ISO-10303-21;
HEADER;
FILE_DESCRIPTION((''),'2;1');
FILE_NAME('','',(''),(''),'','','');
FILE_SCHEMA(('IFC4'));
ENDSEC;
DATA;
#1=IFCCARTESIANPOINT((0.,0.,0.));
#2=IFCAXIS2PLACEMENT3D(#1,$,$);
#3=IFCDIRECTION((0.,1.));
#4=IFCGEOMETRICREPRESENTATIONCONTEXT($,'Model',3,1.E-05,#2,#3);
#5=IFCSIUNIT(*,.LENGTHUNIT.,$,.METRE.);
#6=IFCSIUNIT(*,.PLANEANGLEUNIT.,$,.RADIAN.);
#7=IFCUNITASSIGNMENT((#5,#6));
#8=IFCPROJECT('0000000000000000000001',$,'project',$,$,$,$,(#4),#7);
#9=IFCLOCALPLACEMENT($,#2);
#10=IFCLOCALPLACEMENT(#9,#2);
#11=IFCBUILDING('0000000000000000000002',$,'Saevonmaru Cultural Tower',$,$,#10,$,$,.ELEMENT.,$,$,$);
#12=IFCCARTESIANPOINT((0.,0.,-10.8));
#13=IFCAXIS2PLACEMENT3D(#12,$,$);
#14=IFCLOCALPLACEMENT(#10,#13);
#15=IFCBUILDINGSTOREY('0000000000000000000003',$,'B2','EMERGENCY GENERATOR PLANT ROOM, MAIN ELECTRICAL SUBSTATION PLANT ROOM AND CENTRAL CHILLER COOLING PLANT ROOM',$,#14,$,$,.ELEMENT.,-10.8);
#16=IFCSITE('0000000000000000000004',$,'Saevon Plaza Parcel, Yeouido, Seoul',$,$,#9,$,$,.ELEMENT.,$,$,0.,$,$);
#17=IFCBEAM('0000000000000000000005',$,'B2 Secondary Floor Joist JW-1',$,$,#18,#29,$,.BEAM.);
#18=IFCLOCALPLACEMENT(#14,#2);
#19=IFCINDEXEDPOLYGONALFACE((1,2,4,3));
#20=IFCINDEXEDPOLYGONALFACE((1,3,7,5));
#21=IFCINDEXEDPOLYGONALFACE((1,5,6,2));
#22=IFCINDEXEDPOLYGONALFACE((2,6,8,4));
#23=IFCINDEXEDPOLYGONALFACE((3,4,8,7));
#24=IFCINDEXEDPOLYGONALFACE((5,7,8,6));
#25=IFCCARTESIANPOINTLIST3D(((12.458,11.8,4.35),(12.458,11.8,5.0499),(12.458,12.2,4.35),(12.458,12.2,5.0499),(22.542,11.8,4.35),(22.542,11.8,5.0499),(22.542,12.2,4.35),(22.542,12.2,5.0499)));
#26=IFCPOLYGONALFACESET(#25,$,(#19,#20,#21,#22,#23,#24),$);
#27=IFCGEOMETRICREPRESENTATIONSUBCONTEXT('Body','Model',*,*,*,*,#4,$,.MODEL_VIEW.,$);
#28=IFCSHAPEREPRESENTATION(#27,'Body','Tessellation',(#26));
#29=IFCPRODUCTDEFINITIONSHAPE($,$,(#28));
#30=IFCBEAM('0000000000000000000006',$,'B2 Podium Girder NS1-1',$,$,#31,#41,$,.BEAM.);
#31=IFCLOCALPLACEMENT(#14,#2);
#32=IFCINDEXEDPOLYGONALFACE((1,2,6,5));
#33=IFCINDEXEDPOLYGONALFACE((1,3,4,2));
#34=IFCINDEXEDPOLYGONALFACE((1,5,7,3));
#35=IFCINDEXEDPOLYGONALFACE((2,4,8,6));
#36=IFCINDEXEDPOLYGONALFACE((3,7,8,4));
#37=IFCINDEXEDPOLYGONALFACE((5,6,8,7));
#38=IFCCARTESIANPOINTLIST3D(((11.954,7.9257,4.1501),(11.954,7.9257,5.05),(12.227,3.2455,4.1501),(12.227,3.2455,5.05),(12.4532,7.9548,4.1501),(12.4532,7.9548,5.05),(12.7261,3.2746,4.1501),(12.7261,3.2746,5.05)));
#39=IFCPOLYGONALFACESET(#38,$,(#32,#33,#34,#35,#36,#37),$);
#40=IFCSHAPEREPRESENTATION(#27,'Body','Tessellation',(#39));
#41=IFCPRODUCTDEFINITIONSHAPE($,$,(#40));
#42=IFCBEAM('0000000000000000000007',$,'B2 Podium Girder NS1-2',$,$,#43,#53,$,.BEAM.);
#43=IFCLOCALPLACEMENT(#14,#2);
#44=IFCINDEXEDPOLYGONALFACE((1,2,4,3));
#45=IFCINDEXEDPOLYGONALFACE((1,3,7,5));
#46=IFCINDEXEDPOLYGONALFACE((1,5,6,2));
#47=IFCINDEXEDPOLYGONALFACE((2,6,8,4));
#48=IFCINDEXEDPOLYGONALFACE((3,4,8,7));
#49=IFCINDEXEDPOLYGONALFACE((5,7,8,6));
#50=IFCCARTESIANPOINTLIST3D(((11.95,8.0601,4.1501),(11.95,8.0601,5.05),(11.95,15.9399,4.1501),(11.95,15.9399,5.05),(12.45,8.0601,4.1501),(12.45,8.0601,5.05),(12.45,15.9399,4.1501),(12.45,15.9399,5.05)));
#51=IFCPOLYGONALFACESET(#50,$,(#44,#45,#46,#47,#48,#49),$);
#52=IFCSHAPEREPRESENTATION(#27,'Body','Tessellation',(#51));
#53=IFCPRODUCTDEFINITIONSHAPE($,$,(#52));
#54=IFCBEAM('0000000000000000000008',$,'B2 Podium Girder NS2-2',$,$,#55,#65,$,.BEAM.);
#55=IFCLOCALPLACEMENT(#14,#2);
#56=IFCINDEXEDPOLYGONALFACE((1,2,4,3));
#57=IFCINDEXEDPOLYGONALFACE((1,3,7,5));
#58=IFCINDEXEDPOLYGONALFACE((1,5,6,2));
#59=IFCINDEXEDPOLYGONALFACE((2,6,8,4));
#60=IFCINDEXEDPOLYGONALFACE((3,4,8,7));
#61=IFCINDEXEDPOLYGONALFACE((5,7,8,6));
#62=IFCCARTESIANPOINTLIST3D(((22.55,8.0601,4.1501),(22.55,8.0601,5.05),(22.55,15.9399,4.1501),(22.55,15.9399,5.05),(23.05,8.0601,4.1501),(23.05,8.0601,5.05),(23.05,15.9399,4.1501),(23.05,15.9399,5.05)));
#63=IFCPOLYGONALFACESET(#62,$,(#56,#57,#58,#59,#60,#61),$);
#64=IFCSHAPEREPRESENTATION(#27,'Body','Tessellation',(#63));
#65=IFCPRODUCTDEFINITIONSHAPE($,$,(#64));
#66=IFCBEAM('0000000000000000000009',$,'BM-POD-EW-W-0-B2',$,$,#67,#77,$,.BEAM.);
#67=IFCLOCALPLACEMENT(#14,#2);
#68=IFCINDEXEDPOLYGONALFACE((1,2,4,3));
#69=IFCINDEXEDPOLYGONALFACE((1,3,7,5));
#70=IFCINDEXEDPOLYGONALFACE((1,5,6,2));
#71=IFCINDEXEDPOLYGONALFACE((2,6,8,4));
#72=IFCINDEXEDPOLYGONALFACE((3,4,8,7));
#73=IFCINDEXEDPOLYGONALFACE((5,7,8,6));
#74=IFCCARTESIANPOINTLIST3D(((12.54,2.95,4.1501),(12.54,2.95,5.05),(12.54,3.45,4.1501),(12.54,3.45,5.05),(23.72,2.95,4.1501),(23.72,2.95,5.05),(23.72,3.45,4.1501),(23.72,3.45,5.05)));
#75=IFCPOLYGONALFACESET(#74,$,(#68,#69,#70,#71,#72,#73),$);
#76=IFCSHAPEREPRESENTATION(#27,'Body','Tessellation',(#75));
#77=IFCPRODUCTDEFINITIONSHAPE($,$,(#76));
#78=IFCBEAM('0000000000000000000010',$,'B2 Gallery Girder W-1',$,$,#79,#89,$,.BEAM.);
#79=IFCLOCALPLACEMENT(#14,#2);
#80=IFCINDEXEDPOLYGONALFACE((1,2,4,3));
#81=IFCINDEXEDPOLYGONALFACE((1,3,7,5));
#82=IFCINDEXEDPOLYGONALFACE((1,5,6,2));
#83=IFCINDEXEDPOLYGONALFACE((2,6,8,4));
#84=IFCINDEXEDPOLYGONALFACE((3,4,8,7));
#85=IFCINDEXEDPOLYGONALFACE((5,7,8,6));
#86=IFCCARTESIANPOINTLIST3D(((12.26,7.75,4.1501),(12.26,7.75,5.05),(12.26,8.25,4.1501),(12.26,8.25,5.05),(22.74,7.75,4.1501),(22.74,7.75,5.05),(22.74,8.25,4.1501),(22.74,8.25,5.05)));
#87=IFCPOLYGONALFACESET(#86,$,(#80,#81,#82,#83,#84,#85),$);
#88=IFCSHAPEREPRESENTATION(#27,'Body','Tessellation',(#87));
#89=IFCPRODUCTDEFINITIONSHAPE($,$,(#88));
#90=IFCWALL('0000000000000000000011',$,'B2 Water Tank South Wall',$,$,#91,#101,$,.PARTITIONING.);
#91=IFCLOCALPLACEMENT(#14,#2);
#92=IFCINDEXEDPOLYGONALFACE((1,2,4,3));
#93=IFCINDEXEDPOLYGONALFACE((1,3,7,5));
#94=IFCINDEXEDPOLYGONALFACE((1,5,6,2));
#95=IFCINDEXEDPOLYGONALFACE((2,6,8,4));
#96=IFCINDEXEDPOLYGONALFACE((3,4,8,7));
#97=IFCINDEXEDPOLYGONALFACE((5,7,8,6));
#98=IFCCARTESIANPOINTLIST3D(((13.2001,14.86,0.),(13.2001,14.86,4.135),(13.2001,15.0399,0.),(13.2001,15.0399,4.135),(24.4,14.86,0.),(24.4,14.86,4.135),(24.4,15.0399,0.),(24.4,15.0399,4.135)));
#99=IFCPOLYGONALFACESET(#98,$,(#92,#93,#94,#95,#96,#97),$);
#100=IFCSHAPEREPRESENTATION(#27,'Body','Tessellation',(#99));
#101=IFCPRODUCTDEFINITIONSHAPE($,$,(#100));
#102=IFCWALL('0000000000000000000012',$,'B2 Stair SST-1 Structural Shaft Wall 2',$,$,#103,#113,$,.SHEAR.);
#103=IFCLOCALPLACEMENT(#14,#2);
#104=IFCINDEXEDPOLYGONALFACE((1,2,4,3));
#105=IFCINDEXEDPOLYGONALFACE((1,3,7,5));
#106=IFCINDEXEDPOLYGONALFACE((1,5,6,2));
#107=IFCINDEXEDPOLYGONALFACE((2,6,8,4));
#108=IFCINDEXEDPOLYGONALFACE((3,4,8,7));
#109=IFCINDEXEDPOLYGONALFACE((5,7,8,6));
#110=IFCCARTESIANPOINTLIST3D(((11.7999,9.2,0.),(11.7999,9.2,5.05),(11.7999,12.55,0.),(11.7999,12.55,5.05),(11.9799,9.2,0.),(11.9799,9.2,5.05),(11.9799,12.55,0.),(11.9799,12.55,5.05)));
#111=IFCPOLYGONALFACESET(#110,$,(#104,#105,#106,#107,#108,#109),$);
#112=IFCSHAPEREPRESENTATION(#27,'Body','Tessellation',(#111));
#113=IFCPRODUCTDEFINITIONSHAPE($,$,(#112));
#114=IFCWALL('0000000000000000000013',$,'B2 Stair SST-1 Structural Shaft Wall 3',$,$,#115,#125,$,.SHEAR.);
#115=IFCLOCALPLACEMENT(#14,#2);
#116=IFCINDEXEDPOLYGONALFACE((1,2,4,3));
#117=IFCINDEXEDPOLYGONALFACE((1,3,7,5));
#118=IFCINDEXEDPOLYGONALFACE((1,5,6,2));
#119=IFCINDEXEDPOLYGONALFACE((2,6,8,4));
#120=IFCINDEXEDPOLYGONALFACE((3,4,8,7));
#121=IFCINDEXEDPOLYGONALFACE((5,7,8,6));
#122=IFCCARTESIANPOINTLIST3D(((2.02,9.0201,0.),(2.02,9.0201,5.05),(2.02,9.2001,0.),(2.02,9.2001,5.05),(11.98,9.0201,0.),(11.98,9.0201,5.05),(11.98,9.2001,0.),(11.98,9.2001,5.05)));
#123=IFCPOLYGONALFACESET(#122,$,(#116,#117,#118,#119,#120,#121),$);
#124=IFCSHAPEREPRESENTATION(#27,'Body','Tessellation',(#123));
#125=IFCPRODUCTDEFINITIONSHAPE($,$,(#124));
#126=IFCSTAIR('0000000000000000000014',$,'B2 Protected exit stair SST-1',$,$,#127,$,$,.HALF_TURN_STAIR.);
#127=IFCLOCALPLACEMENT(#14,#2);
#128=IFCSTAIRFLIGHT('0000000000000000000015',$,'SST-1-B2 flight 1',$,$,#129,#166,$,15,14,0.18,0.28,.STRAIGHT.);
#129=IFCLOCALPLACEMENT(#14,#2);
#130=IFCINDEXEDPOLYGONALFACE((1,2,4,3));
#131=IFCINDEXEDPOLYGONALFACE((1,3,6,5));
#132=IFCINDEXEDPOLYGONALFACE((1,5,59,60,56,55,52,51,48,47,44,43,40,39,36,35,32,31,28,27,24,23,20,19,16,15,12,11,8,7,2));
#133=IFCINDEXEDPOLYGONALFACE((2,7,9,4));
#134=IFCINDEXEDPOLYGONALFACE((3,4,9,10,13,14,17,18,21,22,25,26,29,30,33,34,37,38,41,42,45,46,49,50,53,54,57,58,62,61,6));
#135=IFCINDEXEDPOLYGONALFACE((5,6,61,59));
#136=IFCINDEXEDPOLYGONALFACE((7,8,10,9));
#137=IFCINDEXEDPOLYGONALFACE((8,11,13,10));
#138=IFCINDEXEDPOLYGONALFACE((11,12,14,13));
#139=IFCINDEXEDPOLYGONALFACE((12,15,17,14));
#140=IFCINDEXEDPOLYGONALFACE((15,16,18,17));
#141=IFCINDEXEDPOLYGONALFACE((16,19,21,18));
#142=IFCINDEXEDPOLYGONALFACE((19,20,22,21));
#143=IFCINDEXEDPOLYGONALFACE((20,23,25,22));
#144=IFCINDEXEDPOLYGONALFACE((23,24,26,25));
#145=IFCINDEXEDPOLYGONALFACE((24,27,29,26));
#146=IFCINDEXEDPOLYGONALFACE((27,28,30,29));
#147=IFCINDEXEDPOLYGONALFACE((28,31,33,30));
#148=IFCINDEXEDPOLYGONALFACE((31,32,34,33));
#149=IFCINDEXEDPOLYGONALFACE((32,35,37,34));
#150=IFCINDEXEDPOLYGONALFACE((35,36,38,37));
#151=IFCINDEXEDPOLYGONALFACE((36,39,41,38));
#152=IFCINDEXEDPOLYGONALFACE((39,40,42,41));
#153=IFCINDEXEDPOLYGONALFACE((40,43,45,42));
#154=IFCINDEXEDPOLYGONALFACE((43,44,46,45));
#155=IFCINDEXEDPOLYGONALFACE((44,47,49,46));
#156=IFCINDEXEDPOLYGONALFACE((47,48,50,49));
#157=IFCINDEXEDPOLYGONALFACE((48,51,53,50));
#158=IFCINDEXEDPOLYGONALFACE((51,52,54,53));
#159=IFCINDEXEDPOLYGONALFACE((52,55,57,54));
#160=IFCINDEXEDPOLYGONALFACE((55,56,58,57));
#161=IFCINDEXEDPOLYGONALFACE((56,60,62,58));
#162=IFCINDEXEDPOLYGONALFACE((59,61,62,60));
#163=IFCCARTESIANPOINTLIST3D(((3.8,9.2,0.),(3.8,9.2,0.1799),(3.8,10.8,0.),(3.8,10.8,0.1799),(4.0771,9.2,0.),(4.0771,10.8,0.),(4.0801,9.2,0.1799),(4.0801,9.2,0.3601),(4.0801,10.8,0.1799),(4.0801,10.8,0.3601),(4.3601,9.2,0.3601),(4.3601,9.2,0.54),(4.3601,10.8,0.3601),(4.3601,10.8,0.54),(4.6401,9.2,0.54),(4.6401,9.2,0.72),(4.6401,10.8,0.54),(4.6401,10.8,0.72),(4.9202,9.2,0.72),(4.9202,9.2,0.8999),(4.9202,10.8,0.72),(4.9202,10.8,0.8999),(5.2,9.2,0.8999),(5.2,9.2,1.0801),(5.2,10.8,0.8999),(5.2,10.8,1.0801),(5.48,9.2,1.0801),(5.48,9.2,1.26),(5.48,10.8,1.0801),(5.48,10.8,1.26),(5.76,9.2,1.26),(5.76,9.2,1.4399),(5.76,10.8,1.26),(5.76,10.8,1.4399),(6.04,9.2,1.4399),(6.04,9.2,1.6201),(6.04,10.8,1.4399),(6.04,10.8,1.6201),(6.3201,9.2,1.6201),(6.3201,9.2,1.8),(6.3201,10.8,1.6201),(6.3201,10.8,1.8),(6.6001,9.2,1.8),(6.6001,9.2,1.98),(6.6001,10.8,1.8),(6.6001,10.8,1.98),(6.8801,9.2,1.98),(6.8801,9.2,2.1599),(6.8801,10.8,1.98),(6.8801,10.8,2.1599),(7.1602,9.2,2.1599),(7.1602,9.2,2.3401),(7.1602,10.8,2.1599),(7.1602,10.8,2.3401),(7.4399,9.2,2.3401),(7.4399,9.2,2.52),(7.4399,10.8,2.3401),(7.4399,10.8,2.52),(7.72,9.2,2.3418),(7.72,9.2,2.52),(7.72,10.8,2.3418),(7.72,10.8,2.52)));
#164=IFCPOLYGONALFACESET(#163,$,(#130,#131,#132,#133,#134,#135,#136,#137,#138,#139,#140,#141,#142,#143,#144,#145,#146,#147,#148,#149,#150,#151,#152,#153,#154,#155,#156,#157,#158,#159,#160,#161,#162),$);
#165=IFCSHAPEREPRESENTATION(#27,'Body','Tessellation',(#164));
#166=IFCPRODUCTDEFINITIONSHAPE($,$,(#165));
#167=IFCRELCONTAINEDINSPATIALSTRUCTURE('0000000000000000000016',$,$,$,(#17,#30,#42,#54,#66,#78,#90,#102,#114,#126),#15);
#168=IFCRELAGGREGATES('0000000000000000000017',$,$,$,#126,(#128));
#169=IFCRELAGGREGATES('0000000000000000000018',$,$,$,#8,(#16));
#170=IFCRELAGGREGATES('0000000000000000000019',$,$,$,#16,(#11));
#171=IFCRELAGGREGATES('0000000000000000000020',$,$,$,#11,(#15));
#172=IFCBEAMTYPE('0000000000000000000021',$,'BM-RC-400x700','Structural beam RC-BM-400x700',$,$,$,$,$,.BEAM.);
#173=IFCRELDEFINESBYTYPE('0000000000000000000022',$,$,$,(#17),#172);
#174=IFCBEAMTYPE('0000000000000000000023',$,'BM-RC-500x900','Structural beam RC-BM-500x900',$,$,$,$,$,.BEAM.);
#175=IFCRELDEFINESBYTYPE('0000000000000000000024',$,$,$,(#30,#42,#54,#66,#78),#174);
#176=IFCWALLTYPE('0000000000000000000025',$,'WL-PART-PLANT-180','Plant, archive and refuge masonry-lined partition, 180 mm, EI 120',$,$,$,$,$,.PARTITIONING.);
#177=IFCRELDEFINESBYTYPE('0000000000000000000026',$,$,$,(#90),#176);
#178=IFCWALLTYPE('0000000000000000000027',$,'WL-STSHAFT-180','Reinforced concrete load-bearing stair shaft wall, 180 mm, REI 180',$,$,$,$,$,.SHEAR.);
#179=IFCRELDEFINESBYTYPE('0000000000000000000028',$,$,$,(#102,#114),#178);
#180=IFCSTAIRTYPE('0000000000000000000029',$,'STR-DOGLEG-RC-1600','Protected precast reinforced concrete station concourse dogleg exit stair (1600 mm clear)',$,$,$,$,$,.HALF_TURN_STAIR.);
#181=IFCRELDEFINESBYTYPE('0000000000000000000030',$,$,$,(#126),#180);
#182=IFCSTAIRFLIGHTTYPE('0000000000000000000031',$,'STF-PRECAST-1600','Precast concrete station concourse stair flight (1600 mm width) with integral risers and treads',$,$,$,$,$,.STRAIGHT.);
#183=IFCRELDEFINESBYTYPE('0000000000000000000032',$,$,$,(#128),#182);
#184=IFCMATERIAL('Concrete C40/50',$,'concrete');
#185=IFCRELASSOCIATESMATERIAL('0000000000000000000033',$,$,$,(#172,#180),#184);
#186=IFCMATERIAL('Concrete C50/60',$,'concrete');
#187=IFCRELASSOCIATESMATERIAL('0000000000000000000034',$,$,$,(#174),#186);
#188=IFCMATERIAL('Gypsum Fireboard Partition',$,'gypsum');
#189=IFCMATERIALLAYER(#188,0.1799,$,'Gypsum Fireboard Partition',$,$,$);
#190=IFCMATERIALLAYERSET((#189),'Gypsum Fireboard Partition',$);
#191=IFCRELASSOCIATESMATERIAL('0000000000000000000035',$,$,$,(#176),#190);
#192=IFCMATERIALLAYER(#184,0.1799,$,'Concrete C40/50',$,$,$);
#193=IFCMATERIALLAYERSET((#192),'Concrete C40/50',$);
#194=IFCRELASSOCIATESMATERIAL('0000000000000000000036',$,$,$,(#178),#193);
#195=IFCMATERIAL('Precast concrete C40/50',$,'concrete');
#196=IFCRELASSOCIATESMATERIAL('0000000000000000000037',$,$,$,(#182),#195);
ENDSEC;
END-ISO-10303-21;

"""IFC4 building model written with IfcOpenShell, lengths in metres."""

from ifc_helpers import new_model, si_unit, direction, frame, frame_2d, origin, origin_2d, place, context, subcontext, project, spatial, polyline, rectangle, outline, extrude, material, layer, layer_set, material_profile, profile_set, type_object, element, aggregate, save


model = new_model("IFC4")

# Units and contexts
model_context = context("Model", 3, precision=1e-05, world=origin(), true_north=direction((0.0, 1.0)))
body_context = subcontext(model_context, "Body", "Model", "MODEL_VIEW")
ifc_project = project(units=[si_unit("LENGTHUNIT", "METRE"), si_unit("PLANEANGLEUNIT", "RADIAN")], contexts=[model_context])

# Site, building, storey
site_placement = place(None, origin())
site = spatial("IfcSite", under=ifc_project, at=site_placement, Name="Saevon Plaza Parcel, Yeouido, Seoul", CompositionType="ELEMENT", RefElevation=0.0)
building_placement = place(site_placement, origin())
building = spatial("IfcBuilding", under=site, at=building_placement, Name="Saevonmaru Cultural Tower", CompositionType="ELEMENT")
storey_placement = place(building_placement, frame((0.0, 0.0, -10.8)))
storey = spatial("IfcBuildingStorey", under=building, at=storey_placement, Name="B2", Description="EMERGENCY GENERATOR PLANT ROOM, MAIN ELECTRICAL SUBSTATION PLANT ROOM AND CENTRAL CHILLER COOLING PLANT ROOM", CompositionType="ELEMENT", Elevation=-10.8)

# Shared definitions
ifc_material_1 = material(Name="Concrete C50/60", Category="concrete")

# Beams
ifc_material_2 = material(Name="Concrete C40/50", Category="concrete")
ifc_material_profile_1 = material_profile(ifc_material_2, rectangle(XDim=0.3999, YDim=0.7, at=origin_2d()), Name="RC-BM-400x700")
ifc_profile_set_1 = profile_set([ifc_material_profile_1], Name="Concrete C40/50")
beam_type_1 = type_object("IfcBeamType", Name="BM-RC-400x700", Description="Structural beam RC-BM-400x700", PredefinedType="BEAM", material=ifc_profile_set_1)
beam_1_placement = place(storey_placement, frame((12.458, 12.0, 4.7), z_axis=(1.0, 0.0, 0.0), x_axis=(0.0, 1.0, 0.0)))
element("IfcBeam", 1, at=beam_1_placement, inside=storey, type_object=beam_type_1, Name="B2 Secondary Floor Joist JW-1", PredefinedType="BEAM", context=body_context, shape_type="SweptSolid", body=[
    extrude(rectangle(XDim=0.3999, YDim=0.7, at=origin_2d()), origin(), (0.0, 0.0, 1.0), 10.084),
])
ifc_material_profile_2 = material_profile(ifc_material_1, rectangle(XDim=0.5, YDim=0.8999, at=origin_2d()), Name="RC-BM-500x900")
ifc_profile_set_2 = profile_set([ifc_material_profile_2], Name="Concrete C50/60")
beam_type_2 = type_object("IfcBeamType", Name="BM-RC-500x900", Description="Structural beam RC-BM-500x900", PredefinedType="BEAM", material=ifc_profile_set_2)
beam_2_placement = place(storey_placement, frame((12.4766, 3.26, 4.6001), z_axis=(-0.058221, 0.998304, 0.0), x_axis=(-0.998304, -0.058221, 0.0)))
element("IfcBeam", 2, at=beam_2_placement, inside=storey, type_object=beam_type_2, Name="B2 Podium Girder NS1-1", PredefinedType="BEAM", context=body_context, shape_type="SweptSolid", body=[
    extrude(rectangle(XDim=0.5, YDim=0.8999, at=origin_2d()), origin(), (0.0, 0.0, 1.0), 4.6882),
])
for number, where, z_axis, x_axis, name in (
    (3, (12.2, 8.0601, 4.6001), (0.0, 1.0, 0.0), (-1.0, 0.0, 0.0), "B2 Podium Girder NS1-2"),
    (4, (22.8, 8.0601, 4.6001), (0.0, 1.0, 0.0), (-1.0, 0.0, 0.0), "B2 Podium Girder NS2-2"),
):
    element("IfcBeam", number, at=place(storey_placement, frame(where, z_axis=z_axis, x_axis=x_axis)), inside=storey, type_object=beam_type_2, Name=name, PredefinedType="BEAM", context=body_context, shape_type="SweptSolid", body=[
        extrude(rectangle(XDim=0.5, YDim=0.8999, at=origin_2d()), origin(), (0.0, 0.0, 1.0), 7.8799),
    ])
beam_3_placement = place(storey_placement, frame((12.54, 3.2, 4.6001), z_axis=(1.0, 0.0, 0.0), x_axis=(0.0, 1.0, 0.0)))
element("IfcBeam", 5, at=beam_3_placement, inside=storey, type_object=beam_type_2, Name="BM-POD-EW-W-0-B2", PredefinedType="BEAM", context=body_context, shape_type="SweptSolid", body=[
    extrude(rectangle(XDim=0.5, YDim=0.8999, at=origin_2d()), origin(), (0.0, 0.0, 1.0), 11.1799),
])
beam_4_placement = place(storey_placement, frame((12.26, 8.0, 4.6001), z_axis=(1.0, 0.0, 0.0), x_axis=(0.0, 1.0, 0.0)))
element("IfcBeam", 6, at=beam_4_placement, inside=storey, type_object=beam_type_2, Name="B2 Gallery Girder W-1", PredefinedType="BEAM", context=body_context, shape_type="SweptSolid", body=[
    extrude(rectangle(XDim=0.5, YDim=0.8999, at=origin_2d()), origin(), (0.0, 0.0, 1.0), 10.48),
])

# Walls
ifc_material_3 = material(Name="Gypsum Fireboard Partition", Category="gypsum")
ifc_layer_1 = layer(ifc_material_3, 0.1799, Name="Gypsum Fireboard Partition")
ifc_layer_set_1 = layer_set([ifc_layer_1], Name="Gypsum Fireboard Partition")
wall_type_1 = type_object("IfcWallType", Name="WL-PART-PLANT-180", Description="Plant, archive and refuge masonry-lined partition, 180 mm, EI 120", PredefinedType="PARTITIONING", material=ifc_layer_set_1)
wall_1_placement = place(storey_placement, frame((13.2, 14.95, 0.0), z_axis=(0.0, 0.0, 1.0), x_axis=(1.0, 0.0, 0.0)))
element("IfcWall", 7, at=wall_1_placement, inside=storey, type_object=wall_type_1, Name="B2 Water Tank South Wall", PredefinedType="PARTITIONING", context=body_context, shape_type="SweptSolid", body=[
    extrude(rectangle(XDim=11.2, YDim=0.1799, at=frame_2d((5.6001, 0.0))), origin(), (0.0, 0.0, 1.0), 4.135),
])
ifc_layer_2 = layer(ifc_material_2, 0.1799, Name="Concrete C40/50")
ifc_layer_set_2 = layer_set([ifc_layer_2], Name="Concrete C40/50")
wall_type_2 = type_object("IfcWallType", Name="WL-STSHAFT-180", Description="Reinforced concrete load-bearing stair shaft wall, 180 mm, REI 180", PredefinedType="SHEAR", material=ifc_layer_set_2)
wall_2_placement = place(storey_placement, frame((11.8899, 12.55, 0.0), z_axis=(0.0, 0.0, 1.0), x_axis=(0.0, -1.0, 0.0)))
element("IfcWall", 8, at=wall_2_placement, inside=storey, type_object=wall_type_2, Name="B2 Stair SST-1 Structural Shaft Wall 2", PredefinedType="SHEAR", context=body_context, shape_type="SweptSolid", body=[
    extrude(rectangle(XDim=3.3501, YDim=0.1799, at=frame_2d((1.675, 0.0))), origin(), (0.0, 0.0, 1.0), 5.05),
])
wall_3_placement = place(storey_placement, frame((11.98, 9.1101, 0.0), z_axis=(0.0, 0.0, 1.0), x_axis=(-1.0, 0.0, 0.0)))
element("IfcWall", 9, at=wall_3_placement, inside=storey, type_object=wall_type_2, Name="B2 Stair SST-1 Structural Shaft Wall 3", PredefinedType="SHEAR", context=body_context, shape_type="SweptSolid", body=[
    extrude(rectangle(XDim=9.96, YDim=0.1799, at=frame_2d((4.98, 0.0))), origin(), (0.0, 0.0, 1.0), 5.05),
])

# Stair, stair flight
stair_type = type_object("IfcStairType", Name="STR-DOGLEG-RC-1600", Description="Protected precast reinforced concrete station concourse dogleg exit stair (1600 mm clear)", PredefinedType="HALF_TURN_STAIR", material=ifc_material_2)
stair_placement = place(storey_placement, origin())
stair = element("IfcStair", 10, at=stair_placement, inside=storey, type_object=stair_type, Name="B2 Protected exit stair SST-1", PredefinedType="HALF_TURN_STAIR")
ifc_material_4 = material(Name="Precast concrete C40/50", Category="concrete")
stair_flight_type = type_object("IfcStairFlightType", Name="STF-PRECAST-1600", Description="Precast concrete station concourse stair flight (1600 mm width) with integral risers and treads", PredefinedType="STRAIGHT", material=ifc_material_4)
stair_flight_1_placement = place(storey_placement, frame((3.8, 10.0, 0.0), z_axis=(0.0, 0.0, 1.0), x_axis=(1.0, 0.0, 0.0)))
stair_flight_1 = element("IfcStairFlight", 11, at=stair_flight_1_placement, type_object=stair_flight_type, Name="SST-1-B2 flight 1", NumberOfRisers=15, NumberOfTreads=14, PredefinedType="STRAIGHT", RiserHeight=0.18, TreadLength=0.28, context=body_context, shape_type="SweptSolid", body=[
    extrude(outline(polyline([(0.0, 0.0), (0.0, 0.1799), (0.28, 0.1799), (0.28, 0.3601), (0.5601, 0.3601), (0.5601, 0.54), (0.8401, 0.54), (0.8401, 0.72), (1.1201, 0.72), (1.1201, 0.8999), (1.3999, 0.8999), (1.3999, 1.0801), (1.6799, 1.0801), (1.6799, 1.26), (1.96, 1.26), (1.96, 1.4399), (2.24, 1.4399), (2.24, 1.6201), (2.52, 1.6201), (2.52, 1.8), (2.8, 1.8), (2.8, 1.98), (3.0801, 1.98), (3.0801, 2.1599), (3.3601, 2.1599), (3.3601, 2.3401), (3.6399, 2.3401), (3.6399, 2.52), (3.9199, 2.52), (3.9199, 2.7), (3.9199, 2.3418), (0.2771, 0.0), (0.0, 0.0)])), frame((0.0, 0.8, 0.0), z_axis=(0.0, -1.0, 0.0), x_axis=(1.0, 0.0, 0.0)), (0.0, 0.0, 1.0), 1.6001),
])
aggregate(stair, [stair_flight_1])

save(model, "model.ifc")
